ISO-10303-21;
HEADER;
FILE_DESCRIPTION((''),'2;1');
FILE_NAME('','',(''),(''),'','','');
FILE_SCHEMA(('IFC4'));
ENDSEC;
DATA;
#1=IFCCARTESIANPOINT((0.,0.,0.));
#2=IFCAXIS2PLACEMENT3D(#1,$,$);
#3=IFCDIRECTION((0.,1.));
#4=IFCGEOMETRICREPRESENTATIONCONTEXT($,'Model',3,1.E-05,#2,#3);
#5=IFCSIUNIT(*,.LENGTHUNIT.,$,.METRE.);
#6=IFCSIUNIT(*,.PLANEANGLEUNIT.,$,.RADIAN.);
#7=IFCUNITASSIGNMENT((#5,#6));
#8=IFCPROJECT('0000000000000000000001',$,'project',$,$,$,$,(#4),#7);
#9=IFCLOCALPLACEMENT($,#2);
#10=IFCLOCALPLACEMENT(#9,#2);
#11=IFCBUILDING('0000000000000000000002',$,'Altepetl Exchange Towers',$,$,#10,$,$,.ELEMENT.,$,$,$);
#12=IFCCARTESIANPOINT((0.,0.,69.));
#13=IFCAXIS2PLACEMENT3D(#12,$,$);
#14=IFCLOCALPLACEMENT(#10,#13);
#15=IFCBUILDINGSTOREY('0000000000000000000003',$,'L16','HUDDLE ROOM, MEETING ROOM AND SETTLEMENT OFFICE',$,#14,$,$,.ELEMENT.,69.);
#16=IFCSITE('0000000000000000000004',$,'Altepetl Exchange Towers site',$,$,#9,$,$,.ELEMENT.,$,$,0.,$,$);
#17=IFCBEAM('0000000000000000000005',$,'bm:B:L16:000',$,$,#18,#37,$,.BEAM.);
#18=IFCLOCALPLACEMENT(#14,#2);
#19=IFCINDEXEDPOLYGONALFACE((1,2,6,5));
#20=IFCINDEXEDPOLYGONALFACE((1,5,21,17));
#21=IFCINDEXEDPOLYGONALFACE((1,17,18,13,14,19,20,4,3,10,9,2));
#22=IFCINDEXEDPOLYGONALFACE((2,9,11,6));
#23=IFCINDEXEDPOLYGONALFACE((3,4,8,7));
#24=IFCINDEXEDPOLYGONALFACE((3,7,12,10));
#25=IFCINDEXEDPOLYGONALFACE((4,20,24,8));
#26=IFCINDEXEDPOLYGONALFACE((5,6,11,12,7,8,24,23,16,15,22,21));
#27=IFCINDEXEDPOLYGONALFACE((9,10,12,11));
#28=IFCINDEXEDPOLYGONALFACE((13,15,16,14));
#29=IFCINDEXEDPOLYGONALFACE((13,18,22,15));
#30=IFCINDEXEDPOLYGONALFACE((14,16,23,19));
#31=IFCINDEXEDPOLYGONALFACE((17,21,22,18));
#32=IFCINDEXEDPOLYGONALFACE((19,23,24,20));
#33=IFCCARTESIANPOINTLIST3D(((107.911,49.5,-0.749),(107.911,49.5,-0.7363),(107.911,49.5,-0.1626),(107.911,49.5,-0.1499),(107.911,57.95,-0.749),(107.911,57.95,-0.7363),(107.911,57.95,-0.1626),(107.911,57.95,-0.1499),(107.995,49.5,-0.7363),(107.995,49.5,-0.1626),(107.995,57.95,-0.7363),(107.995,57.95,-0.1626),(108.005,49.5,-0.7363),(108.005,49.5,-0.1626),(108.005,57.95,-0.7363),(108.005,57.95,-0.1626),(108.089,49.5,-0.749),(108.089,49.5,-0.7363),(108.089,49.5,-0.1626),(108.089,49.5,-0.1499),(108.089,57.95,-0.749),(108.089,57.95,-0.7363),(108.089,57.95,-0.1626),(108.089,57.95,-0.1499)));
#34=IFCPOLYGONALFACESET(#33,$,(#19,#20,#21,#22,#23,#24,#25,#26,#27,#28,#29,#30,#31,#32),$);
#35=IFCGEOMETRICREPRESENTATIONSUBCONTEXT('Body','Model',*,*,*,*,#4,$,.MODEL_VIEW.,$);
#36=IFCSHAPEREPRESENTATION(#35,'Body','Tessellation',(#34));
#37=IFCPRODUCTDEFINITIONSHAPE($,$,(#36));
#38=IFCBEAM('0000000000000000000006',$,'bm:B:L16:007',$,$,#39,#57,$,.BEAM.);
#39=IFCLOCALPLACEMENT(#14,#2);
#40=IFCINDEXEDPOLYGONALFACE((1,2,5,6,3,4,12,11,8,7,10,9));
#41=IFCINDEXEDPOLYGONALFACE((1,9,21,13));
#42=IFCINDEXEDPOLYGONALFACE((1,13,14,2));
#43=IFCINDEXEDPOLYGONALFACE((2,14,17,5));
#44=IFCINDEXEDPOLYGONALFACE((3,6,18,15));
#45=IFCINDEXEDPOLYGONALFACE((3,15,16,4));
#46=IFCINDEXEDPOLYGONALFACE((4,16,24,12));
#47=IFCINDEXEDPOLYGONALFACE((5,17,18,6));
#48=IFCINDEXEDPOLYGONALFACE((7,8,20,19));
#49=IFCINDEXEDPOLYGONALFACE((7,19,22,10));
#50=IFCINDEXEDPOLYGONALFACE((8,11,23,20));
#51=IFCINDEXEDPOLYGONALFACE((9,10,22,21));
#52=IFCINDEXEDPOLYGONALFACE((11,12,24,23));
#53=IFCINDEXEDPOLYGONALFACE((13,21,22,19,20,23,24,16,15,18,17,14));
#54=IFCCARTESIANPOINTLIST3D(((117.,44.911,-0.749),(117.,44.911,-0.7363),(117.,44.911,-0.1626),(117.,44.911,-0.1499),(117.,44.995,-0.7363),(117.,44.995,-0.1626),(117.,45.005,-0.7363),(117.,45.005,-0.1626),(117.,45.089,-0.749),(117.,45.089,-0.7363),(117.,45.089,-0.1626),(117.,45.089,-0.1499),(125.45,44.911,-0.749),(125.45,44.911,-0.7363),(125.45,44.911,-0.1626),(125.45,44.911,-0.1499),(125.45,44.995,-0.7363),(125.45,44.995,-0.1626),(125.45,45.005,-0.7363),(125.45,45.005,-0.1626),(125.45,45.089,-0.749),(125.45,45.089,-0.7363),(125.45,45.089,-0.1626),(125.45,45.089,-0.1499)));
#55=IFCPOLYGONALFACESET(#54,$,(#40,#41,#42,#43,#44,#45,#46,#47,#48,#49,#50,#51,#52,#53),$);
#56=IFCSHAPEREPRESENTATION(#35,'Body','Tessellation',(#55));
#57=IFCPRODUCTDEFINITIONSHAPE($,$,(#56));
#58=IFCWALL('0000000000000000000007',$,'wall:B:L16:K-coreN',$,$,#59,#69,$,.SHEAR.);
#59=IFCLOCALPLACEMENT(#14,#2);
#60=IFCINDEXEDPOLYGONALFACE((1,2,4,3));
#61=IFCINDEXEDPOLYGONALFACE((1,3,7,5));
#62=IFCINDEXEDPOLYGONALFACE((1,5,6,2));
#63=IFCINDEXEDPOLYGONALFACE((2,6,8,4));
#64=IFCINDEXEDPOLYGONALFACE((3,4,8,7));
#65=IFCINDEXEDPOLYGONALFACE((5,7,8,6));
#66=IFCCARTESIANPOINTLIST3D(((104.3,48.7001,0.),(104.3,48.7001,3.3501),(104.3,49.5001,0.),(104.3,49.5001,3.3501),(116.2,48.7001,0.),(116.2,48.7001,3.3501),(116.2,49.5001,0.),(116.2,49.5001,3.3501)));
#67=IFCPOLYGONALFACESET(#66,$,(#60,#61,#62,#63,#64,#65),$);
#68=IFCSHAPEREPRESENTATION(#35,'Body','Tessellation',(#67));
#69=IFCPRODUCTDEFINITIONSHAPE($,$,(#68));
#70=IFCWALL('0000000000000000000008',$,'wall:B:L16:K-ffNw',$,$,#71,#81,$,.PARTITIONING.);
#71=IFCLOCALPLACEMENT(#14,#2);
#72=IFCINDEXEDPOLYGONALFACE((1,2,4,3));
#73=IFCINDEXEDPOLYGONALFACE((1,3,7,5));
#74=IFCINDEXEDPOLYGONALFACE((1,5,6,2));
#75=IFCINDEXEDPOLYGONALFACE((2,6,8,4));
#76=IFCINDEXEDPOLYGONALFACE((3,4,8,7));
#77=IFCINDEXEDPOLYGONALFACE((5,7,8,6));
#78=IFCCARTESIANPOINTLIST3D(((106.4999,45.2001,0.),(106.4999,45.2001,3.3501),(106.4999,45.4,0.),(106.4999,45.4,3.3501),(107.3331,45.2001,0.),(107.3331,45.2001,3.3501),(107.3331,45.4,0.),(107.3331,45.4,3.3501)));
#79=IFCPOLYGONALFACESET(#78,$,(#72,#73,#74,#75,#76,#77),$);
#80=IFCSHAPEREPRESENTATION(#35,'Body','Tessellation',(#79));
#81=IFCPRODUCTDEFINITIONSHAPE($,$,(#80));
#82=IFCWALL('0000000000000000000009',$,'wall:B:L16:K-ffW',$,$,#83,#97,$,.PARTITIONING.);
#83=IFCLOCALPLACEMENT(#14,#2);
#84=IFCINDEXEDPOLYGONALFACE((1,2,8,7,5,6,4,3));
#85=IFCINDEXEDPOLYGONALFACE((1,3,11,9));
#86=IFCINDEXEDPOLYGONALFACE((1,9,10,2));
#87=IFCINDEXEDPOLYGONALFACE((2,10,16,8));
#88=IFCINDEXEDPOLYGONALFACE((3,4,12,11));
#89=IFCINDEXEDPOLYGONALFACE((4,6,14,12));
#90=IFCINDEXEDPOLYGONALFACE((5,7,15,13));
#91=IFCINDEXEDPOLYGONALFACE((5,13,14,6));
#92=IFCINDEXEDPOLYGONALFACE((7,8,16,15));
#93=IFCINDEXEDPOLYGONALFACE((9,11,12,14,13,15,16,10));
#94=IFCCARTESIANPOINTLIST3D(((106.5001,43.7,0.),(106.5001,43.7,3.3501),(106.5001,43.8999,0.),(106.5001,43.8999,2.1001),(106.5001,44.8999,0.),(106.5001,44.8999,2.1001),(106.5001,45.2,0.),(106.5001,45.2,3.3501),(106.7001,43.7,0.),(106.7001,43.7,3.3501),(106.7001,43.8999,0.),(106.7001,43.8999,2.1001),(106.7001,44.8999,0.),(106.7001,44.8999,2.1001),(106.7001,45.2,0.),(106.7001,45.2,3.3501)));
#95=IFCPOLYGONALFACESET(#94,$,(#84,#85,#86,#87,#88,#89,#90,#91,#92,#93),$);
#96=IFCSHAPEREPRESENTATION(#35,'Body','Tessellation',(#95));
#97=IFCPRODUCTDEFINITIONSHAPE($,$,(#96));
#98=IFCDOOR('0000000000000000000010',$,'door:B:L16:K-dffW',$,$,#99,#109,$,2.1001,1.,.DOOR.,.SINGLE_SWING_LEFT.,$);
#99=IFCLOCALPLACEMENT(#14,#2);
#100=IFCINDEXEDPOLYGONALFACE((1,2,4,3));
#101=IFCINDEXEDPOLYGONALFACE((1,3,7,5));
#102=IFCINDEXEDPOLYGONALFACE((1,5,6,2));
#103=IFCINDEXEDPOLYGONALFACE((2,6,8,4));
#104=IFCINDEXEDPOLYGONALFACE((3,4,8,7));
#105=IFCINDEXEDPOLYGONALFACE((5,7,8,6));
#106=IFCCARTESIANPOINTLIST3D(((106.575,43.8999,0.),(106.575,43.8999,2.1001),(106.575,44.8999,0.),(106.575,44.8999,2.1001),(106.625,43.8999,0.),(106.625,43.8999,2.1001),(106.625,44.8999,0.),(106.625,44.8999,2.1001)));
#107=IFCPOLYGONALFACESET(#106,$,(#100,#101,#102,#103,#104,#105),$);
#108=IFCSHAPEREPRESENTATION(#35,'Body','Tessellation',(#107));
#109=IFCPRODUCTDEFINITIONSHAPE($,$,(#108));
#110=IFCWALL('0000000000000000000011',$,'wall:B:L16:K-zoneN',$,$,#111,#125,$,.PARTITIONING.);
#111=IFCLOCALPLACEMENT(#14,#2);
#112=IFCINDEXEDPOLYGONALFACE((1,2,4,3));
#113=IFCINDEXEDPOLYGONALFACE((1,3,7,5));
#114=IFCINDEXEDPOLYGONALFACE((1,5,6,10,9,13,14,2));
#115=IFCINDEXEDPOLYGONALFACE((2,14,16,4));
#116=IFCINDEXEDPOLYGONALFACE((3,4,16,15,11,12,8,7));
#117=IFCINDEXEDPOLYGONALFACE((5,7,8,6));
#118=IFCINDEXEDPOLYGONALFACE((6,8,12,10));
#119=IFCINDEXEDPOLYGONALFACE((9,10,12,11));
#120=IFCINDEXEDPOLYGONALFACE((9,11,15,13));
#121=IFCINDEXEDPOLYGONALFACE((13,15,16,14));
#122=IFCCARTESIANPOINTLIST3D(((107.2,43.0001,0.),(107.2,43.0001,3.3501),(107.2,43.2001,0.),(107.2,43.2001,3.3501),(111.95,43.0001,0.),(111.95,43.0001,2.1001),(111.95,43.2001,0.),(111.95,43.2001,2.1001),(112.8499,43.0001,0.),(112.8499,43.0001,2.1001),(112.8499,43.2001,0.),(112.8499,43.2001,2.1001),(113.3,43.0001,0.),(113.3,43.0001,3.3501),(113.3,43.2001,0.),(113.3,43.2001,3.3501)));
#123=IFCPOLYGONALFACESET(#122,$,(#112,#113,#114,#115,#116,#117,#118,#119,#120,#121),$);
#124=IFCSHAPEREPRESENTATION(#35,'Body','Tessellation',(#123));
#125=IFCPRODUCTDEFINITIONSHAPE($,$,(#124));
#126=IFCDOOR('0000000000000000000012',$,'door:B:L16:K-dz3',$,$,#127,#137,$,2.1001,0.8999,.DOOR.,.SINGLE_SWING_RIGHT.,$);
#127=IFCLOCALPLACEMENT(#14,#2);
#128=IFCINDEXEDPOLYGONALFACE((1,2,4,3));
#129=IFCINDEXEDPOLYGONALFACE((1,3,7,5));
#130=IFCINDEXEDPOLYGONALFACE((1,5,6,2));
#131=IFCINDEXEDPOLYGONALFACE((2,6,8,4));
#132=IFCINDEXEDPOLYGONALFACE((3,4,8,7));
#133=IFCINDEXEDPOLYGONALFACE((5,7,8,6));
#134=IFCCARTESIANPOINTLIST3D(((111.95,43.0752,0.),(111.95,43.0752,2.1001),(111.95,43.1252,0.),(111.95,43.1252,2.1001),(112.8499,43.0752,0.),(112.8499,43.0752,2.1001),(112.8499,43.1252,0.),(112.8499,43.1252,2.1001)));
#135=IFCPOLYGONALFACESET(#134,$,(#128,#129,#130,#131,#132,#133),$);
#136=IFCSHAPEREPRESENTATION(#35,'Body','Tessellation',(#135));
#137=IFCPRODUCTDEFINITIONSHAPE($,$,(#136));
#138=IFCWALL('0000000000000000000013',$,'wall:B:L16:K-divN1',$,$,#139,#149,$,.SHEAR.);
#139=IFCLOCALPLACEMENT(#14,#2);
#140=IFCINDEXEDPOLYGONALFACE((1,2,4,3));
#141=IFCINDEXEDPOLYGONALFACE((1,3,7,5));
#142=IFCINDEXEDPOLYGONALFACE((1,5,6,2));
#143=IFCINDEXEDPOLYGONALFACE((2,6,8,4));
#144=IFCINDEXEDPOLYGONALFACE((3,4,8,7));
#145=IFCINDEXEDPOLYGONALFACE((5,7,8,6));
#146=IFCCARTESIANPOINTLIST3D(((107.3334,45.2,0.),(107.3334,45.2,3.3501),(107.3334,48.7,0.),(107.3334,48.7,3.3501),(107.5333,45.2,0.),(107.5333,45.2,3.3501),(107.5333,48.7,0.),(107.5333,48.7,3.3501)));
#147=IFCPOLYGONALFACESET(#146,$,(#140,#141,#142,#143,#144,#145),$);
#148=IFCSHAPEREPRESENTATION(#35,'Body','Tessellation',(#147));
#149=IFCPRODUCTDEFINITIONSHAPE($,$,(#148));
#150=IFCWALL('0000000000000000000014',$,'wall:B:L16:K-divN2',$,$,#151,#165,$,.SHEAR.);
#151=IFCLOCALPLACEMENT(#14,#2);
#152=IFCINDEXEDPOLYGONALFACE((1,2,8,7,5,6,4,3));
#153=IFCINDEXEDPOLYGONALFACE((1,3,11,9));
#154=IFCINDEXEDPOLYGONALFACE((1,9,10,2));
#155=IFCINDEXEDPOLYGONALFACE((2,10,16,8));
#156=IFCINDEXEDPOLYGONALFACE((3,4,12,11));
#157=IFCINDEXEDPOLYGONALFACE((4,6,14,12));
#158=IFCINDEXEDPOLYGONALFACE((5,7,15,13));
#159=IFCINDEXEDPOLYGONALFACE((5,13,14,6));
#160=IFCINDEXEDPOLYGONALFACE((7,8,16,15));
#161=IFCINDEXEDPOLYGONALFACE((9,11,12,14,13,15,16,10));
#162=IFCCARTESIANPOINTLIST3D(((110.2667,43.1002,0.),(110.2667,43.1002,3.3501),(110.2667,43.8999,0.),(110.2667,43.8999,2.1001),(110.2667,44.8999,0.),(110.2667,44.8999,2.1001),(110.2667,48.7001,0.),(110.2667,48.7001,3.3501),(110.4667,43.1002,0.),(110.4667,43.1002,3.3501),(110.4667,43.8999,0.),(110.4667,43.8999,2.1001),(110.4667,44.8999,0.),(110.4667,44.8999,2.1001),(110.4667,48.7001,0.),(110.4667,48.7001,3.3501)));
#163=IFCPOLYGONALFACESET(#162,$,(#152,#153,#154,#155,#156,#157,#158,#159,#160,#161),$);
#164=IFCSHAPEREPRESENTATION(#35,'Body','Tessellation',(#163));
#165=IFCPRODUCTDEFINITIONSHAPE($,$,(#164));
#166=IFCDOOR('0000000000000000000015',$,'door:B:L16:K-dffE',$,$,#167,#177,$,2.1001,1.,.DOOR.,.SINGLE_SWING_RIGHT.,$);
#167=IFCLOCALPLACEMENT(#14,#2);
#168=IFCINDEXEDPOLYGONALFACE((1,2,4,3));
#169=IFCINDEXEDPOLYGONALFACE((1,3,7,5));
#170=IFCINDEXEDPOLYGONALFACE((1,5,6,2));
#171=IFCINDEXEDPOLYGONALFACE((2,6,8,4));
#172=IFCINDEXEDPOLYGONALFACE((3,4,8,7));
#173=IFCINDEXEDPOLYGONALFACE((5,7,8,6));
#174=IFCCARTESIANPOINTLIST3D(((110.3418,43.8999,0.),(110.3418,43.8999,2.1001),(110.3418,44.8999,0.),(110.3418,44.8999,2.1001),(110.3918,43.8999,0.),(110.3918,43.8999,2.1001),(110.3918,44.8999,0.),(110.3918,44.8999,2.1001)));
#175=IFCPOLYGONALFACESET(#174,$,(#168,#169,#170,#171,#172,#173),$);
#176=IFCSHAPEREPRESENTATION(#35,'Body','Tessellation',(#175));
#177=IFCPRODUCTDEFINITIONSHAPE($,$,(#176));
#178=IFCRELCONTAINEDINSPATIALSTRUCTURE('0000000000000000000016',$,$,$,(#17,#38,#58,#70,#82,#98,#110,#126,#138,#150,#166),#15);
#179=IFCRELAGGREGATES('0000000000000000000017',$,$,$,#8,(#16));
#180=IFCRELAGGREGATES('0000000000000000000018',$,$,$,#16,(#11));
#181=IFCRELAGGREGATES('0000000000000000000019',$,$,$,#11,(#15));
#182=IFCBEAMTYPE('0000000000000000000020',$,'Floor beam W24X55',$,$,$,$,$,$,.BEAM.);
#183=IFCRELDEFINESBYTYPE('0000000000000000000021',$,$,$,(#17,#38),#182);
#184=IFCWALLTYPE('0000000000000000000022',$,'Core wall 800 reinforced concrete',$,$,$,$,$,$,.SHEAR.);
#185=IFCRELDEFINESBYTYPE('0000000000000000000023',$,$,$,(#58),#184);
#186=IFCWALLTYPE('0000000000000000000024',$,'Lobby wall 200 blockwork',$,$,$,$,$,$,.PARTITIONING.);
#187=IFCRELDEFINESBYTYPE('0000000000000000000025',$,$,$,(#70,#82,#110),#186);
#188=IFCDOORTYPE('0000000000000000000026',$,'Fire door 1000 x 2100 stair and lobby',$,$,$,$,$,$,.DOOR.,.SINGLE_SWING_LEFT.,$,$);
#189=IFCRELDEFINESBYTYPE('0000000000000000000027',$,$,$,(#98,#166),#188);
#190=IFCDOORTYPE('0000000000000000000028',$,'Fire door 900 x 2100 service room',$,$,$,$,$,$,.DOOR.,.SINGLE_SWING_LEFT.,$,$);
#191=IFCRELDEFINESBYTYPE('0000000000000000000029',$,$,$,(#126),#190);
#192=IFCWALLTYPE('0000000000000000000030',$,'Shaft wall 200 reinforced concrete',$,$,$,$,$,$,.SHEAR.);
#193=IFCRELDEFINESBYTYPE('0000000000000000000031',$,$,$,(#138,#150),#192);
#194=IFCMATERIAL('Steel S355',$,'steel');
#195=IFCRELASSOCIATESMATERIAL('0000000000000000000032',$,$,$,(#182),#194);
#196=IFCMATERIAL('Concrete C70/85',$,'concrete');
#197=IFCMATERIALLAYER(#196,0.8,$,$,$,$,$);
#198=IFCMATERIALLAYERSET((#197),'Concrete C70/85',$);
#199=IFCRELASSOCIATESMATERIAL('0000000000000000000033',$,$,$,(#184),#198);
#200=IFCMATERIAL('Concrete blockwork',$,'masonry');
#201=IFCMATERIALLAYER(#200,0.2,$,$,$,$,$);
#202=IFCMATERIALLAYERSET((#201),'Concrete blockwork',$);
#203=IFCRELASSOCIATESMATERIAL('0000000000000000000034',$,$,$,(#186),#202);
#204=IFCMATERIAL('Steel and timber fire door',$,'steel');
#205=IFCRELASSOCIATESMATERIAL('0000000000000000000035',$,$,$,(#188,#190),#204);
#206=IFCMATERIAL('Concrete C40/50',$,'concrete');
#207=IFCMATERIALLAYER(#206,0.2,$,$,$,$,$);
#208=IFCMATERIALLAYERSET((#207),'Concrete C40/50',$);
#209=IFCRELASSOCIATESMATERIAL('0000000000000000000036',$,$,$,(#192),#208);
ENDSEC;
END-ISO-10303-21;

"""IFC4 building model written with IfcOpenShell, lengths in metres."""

from ifc_helpers import new_model, si_unit, direction, frame, frame_2d, origin, origin_2d, place, context, subcontext, project, spatial, rectangle, i_section, extrude, material, layer, layer_set, material_profile, profile_set, type_object, element, fill, save


model = new_model("IFC4")

# Units and contexts
model_context = context("Model", 3, precision=1e-05, world=origin(), true_north=direction((0.0, 1.0)))
body_context = subcontext(model_context, "Body", "Model", "MODEL_VIEW")
ifc_project = project(units=[si_unit("LENGTHUNIT", "METRE"), si_unit("PLANEANGLEUNIT", "RADIAN")], contexts=[model_context])

# Site, building, storey
site_placement = place(None, origin())
site = spatial("IfcSite", under=ifc_project, at=site_placement, Name="Altepetl Exchange Towers site", CompositionType="ELEMENT", RefElevation=0.0)
building_placement = place(site_placement, origin())
building = spatial("IfcBuilding", under=site, at=building_placement, Name="Altepetl Exchange Towers", CompositionType="ELEMENT")
storey_placement = place(building_placement, frame((0.0, 0.0, 69.0)))
storey = spatial("IfcBuildingStorey", under=building, at=storey_placement, Name="L16", Description="HUDDLE ROOM, MEETING ROOM AND SETTLEMENT OFFICE", CompositionType="ELEMENT", Elevation=69.0)

# Beams
ifc_material_1 = material(Name="Steel S355", Category="steel")
ifc_material_profile = material_profile(ifc_material_1, i_section(OverallWidth=0.178, OverallDepth=0.5991, WebThickness=0.01, FlangeThickness=0.0127, at=origin_2d()), Name="W24X55")
ifc_profile_set = profile_set([ifc_material_profile], Name="Steel S355")
beam_type = type_object("IfcBeamType", Name="Floor beam W24X55", PredefinedType="BEAM", material=ifc_profile_set)
for number, where, z_axis, x_axis, name in (
    (1, (108.0, 49.5, -0.4495), (0.0, 1.0, 0.0), (-1.0, 0.0, 0.0), "bm:B:L16:000"),
    (2, (117.0, 45.0, -0.4495), (1.0, 0.0, 0.0), (0.0, 1.0, 0.0), "bm:B:L16:007"),
):
    element("IfcBeam", number, at=place(storey_placement, frame(where, z_axis=z_axis, x_axis=x_axis)), inside=storey, type_object=beam_type, Name=name, PredefinedType="BEAM", context=body_context, shape_type="SweptSolid", body=[
        extrude(i_section(OverallWidth=0.178, OverallDepth=0.5991, WebThickness=0.01, FlangeThickness=0.0127, at=origin_2d()), origin(), (0.0, 0.0, 1.0), 8.45),
    ])

# Walls
ifc_material_2 = material(Name="Concrete C70/85", Category="concrete")
ifc_layer_1 = layer(ifc_material_2, 0.8)
ifc_layer_set_1 = layer_set([ifc_layer_1], Name="Concrete C70/85")
wall_type_1 = type_object("IfcWallType", Name="Core wall 800 reinforced concrete", PredefinedType="SHEAR", material=ifc_layer_set_1)
wall_1_placement = place(storey_placement, frame((104.3, 49.1001, 0.0)))
element("IfcWall", 3, at=wall_1_placement, inside=storey, type_object=wall_type_1, Name="wall:B:L16:K-coreN", PredefinedType="SHEAR", context=body_context, shape_type="SweptSolid", body=[
    extrude(rectangle(XDim=11.8999, YDim=0.8, at=frame_2d((5.95, 0.0))), origin(), (0.0, 0.0, 1.0), 3.3501),
])
ifc_material_3 = material(Name="Concrete blockwork", Category="masonry")
ifc_layer_2 = layer(ifc_material_3, 0.2)
ifc_layer_set_2 = layer_set([ifc_layer_2], Name="Concrete blockwork")
wall_type_2 = type_object("IfcWallType", Name="Lobby wall 200 blockwork", PredefinedType="PARTITIONING", material=ifc_layer_set_2)
wall_2_placement = place(storey_placement, frame((106.5, 45.3, 0.0)))
element("IfcWall", 4, at=wall_2_placement, inside=storey, type_object=wall_type_2, Name="wall:B:L16:K-ffNw", PredefinedType="PARTITIONING", context=body_context, shape_type="SweptSolid", body=[
    extrude(rectangle(XDim=0.8333, YDim=0.2, at=frame_2d((0.4165, 0.0))), origin(), (0.0, 0.0, 1.0), 3.3501),
])

# Walls, openings, doors
wall_3_placement = place(storey_placement, frame((106.6001, 43.7, 0.0), z_axis=(0.0, 0.0, 1.0), x_axis=(0.0, 1.0, 0.0)))
wall_3 = element("IfcWall", 5, at=wall_3_placement, inside=storey, type_object=wall_type_2, Name="wall:B:L16:K-ffW", PredefinedType="PARTITIONING", context=body_context, shape_type="SweptSolid", body=[
    extrude(rectangle(XDim=1.5, YDim=0.2, at=frame_2d((0.75, 0.0))), origin(), (0.0, 0.0, 1.0), 3.3501),
])
opening_1_placement = place(wall_3_placement, frame((0.2, 0.0, 0.0)))
opening_1 = element("IfcOpeningElement", 6, at=opening_1_placement, cuts=wall_3, PredefinedType="OPENING", context=body_context, shape_type="SweptSolid", body=[
    extrude(rectangle(XDim=1.0, YDim=2.1001, at=frame_2d((0.5, 1.05))), frame((0.0, 0.1099, 0.0), z_axis=(0.0, -1.0, 0.0), x_axis=(1.0, 0.0, 0.0)), (0.0, 0.0, 1.0), 0.22),
])
ifc_material_4 = material(Name="Steel and timber fire door", Category="steel")
door_type_1 = type_object("IfcDoorType", Name="Fire door 1000 x 2100 stair and lobby", OperationType="SINGLE_SWING_LEFT", PredefinedType="DOOR", material=ifc_material_4)
door_1_placement = place(opening_1_placement, frame((1.0, 0.0, 0.0), x_axis=(-1.0, 0.0, 0.0)))
door_1 = element("IfcDoor", 7, at=door_1_placement, inside=storey, type_object=door_type_1, Name="door:B:L16:K-dffW", OperationType="SINGLE_SWING_LEFT", OverallHeight=2.1001, OverallWidth=1.0, PredefinedType="DOOR", context=body_context, shape_type="SweptSolid", body=[
    extrude(rectangle(XDim=1.0, YDim=2.1001, at=frame_2d((0.5, 1.05))), frame((0.0, 0.0249, 0.0), z_axis=(0.0, -1.0, 0.0), x_axis=(1.0, 0.0, 0.0)), (0.0, 0.0, 1.0), 0.05),
])
fill(opening_1, door_1)
wall_4_placement = place(storey_placement, frame((107.2, 43.1001, 0.0)))
wall_4 = element("IfcWall", 8, at=wall_4_placement, inside=storey, type_object=wall_type_2, Name="wall:B:L16:K-zoneN", PredefinedType="PARTITIONING", context=body_context, shape_type="SweptSolid", body=[
    extrude(rectangle(XDim=6.1001, YDim=0.2, at=frame_2d((3.05, 0.0))), origin(), (0.0, 0.0, 1.0), 3.3501),
])
opening_2_placement = place(wall_4_placement, frame((4.75, 0.0, 0.0)))
opening_2 = element("IfcOpeningElement", 9, at=opening_2_placement, cuts=wall_4, PredefinedType="OPENING", context=body_context, shape_type="SweptSolid", body=[
    extrude(rectangle(XDim=0.8999, YDim=2.1001, at=frame_2d((0.45, 1.05))), frame((0.0, 0.1099, 0.0), z_axis=(0.0, -1.0, 0.0), x_axis=(1.0, 0.0, 0.0)), (0.0, 0.0, 1.0), 0.22),
])
door_type_2 = type_object("IfcDoorType", Name="Fire door 900 x 2100 service room", OperationType="SINGLE_SWING_LEFT", PredefinedType="DOOR", material=ifc_material_4)
door_2_placement = place(opening_2_placement, frame((0.8999, 0.0, 0.0), x_axis=(-1.0, 0.0, 0.0)))
door_2 = element("IfcDoor", 10, at=door_2_placement, inside=storey, type_object=door_type_2, Name="door:B:L16:K-dz3", OperationType="SINGLE_SWING_RIGHT", OverallHeight=2.1001, OverallWidth=0.8999, PredefinedType="DOOR", context=body_context, shape_type="SweptSolid", body=[
    extrude(rectangle(XDim=0.8999, YDim=2.1001, at=frame_2d((0.45, 1.05))), frame((0.0, 0.0249, 0.0), z_axis=(0.0, -1.0, 0.0), x_axis=(1.0, 0.0, 0.0)), (0.0, 0.0, 1.0), 0.05),
])
fill(opening_2, door_2)

# Wall
ifc_material_5 = material(Name="Concrete C40/50", Category="concrete")
ifc_layer_3 = layer(ifc_material_5, 0.2)
ifc_layer_set_3 = layer_set([ifc_layer_3], Name="Concrete C40/50")
wall_type_3 = type_object("IfcWallType", Name="Shaft wall 200 reinforced concrete", PredefinedType="SHEAR", material=ifc_layer_set_3)
wall_5_placement = place(storey_placement, frame((107.4333, 48.7, 0.0), z_axis=(0.0, 0.0, 1.0), x_axis=(0.0, -1.0, 0.0)))
element("IfcWall", 11, at=wall_5_placement, inside=storey, type_object=wall_type_3, Name="wall:B:L16:K-divN1", PredefinedType="SHEAR", context=body_context, shape_type="SweptSolid", body=[
    extrude(rectangle(XDim=3.5, YDim=0.2, at=frame_2d((1.75, 0.0))), origin(), (0.0, 0.0, 1.0), 3.3501),
])

# Wall, opening, door
wall_6_placement = place(storey_placement, frame((110.3667, 48.7, 0.0), z_axis=(0.0, 0.0, 1.0), x_axis=(0.0, -1.0, 0.0)))
wall_6 = element("IfcWall", 12, at=wall_6_placement, inside=storey, type_object=wall_type_3, Name="wall:B:L16:K-divN2", PredefinedType="SHEAR", context=body_context, shape_type="SweptSolid", body=[
    extrude(rectangle(XDim=5.5999, YDim=0.2, at=frame_2d((2.7998, 0.0))), origin(), (0.0, 0.0, 1.0), 3.3501),
])
opening_3_placement = place(wall_6_placement, frame((3.8, 0.0, 0.0)))
opening_3 = element("IfcOpeningElement", 13, at=opening_3_placement, cuts=wall_6, PredefinedType="OPENING", context=body_context, shape_type="SweptSolid", body=[
    extrude(rectangle(XDim=1.0, YDim=2.1001, at=frame_2d((0.5, 1.05))), frame((0.0, 0.1099, 0.0), z_axis=(0.0, -1.0, 0.0), x_axis=(1.0, 0.0, 0.0)), (0.0, 0.0, 1.0), 0.22),
])
door_3_placement = place(opening_3_placement, frame((1.0, 0.0, 0.0), x_axis=(-1.0, 0.0, 0.0)))
door_3 = element("IfcDoor", 14, at=door_3_placement, inside=storey, type_object=door_type_1, Name="door:B:L16:K-dffE", OperationType="SINGLE_SWING_RIGHT", OverallHeight=2.1001, OverallWidth=1.0, PredefinedType="DOOR", context=body_context, shape_type="SweptSolid", body=[
    extrude(rectangle(XDim=1.0, YDim=2.1001, at=frame_2d((0.5, 1.05))), frame((0.0, 0.0249, 0.0), z_axis=(0.0, -1.0, 0.0), x_axis=(1.0, 0.0, 0.0)), (0.0, 0.0, 1.0), 0.05),
])
fill(opening_3, door_3)

save(model, "model.ifc")
